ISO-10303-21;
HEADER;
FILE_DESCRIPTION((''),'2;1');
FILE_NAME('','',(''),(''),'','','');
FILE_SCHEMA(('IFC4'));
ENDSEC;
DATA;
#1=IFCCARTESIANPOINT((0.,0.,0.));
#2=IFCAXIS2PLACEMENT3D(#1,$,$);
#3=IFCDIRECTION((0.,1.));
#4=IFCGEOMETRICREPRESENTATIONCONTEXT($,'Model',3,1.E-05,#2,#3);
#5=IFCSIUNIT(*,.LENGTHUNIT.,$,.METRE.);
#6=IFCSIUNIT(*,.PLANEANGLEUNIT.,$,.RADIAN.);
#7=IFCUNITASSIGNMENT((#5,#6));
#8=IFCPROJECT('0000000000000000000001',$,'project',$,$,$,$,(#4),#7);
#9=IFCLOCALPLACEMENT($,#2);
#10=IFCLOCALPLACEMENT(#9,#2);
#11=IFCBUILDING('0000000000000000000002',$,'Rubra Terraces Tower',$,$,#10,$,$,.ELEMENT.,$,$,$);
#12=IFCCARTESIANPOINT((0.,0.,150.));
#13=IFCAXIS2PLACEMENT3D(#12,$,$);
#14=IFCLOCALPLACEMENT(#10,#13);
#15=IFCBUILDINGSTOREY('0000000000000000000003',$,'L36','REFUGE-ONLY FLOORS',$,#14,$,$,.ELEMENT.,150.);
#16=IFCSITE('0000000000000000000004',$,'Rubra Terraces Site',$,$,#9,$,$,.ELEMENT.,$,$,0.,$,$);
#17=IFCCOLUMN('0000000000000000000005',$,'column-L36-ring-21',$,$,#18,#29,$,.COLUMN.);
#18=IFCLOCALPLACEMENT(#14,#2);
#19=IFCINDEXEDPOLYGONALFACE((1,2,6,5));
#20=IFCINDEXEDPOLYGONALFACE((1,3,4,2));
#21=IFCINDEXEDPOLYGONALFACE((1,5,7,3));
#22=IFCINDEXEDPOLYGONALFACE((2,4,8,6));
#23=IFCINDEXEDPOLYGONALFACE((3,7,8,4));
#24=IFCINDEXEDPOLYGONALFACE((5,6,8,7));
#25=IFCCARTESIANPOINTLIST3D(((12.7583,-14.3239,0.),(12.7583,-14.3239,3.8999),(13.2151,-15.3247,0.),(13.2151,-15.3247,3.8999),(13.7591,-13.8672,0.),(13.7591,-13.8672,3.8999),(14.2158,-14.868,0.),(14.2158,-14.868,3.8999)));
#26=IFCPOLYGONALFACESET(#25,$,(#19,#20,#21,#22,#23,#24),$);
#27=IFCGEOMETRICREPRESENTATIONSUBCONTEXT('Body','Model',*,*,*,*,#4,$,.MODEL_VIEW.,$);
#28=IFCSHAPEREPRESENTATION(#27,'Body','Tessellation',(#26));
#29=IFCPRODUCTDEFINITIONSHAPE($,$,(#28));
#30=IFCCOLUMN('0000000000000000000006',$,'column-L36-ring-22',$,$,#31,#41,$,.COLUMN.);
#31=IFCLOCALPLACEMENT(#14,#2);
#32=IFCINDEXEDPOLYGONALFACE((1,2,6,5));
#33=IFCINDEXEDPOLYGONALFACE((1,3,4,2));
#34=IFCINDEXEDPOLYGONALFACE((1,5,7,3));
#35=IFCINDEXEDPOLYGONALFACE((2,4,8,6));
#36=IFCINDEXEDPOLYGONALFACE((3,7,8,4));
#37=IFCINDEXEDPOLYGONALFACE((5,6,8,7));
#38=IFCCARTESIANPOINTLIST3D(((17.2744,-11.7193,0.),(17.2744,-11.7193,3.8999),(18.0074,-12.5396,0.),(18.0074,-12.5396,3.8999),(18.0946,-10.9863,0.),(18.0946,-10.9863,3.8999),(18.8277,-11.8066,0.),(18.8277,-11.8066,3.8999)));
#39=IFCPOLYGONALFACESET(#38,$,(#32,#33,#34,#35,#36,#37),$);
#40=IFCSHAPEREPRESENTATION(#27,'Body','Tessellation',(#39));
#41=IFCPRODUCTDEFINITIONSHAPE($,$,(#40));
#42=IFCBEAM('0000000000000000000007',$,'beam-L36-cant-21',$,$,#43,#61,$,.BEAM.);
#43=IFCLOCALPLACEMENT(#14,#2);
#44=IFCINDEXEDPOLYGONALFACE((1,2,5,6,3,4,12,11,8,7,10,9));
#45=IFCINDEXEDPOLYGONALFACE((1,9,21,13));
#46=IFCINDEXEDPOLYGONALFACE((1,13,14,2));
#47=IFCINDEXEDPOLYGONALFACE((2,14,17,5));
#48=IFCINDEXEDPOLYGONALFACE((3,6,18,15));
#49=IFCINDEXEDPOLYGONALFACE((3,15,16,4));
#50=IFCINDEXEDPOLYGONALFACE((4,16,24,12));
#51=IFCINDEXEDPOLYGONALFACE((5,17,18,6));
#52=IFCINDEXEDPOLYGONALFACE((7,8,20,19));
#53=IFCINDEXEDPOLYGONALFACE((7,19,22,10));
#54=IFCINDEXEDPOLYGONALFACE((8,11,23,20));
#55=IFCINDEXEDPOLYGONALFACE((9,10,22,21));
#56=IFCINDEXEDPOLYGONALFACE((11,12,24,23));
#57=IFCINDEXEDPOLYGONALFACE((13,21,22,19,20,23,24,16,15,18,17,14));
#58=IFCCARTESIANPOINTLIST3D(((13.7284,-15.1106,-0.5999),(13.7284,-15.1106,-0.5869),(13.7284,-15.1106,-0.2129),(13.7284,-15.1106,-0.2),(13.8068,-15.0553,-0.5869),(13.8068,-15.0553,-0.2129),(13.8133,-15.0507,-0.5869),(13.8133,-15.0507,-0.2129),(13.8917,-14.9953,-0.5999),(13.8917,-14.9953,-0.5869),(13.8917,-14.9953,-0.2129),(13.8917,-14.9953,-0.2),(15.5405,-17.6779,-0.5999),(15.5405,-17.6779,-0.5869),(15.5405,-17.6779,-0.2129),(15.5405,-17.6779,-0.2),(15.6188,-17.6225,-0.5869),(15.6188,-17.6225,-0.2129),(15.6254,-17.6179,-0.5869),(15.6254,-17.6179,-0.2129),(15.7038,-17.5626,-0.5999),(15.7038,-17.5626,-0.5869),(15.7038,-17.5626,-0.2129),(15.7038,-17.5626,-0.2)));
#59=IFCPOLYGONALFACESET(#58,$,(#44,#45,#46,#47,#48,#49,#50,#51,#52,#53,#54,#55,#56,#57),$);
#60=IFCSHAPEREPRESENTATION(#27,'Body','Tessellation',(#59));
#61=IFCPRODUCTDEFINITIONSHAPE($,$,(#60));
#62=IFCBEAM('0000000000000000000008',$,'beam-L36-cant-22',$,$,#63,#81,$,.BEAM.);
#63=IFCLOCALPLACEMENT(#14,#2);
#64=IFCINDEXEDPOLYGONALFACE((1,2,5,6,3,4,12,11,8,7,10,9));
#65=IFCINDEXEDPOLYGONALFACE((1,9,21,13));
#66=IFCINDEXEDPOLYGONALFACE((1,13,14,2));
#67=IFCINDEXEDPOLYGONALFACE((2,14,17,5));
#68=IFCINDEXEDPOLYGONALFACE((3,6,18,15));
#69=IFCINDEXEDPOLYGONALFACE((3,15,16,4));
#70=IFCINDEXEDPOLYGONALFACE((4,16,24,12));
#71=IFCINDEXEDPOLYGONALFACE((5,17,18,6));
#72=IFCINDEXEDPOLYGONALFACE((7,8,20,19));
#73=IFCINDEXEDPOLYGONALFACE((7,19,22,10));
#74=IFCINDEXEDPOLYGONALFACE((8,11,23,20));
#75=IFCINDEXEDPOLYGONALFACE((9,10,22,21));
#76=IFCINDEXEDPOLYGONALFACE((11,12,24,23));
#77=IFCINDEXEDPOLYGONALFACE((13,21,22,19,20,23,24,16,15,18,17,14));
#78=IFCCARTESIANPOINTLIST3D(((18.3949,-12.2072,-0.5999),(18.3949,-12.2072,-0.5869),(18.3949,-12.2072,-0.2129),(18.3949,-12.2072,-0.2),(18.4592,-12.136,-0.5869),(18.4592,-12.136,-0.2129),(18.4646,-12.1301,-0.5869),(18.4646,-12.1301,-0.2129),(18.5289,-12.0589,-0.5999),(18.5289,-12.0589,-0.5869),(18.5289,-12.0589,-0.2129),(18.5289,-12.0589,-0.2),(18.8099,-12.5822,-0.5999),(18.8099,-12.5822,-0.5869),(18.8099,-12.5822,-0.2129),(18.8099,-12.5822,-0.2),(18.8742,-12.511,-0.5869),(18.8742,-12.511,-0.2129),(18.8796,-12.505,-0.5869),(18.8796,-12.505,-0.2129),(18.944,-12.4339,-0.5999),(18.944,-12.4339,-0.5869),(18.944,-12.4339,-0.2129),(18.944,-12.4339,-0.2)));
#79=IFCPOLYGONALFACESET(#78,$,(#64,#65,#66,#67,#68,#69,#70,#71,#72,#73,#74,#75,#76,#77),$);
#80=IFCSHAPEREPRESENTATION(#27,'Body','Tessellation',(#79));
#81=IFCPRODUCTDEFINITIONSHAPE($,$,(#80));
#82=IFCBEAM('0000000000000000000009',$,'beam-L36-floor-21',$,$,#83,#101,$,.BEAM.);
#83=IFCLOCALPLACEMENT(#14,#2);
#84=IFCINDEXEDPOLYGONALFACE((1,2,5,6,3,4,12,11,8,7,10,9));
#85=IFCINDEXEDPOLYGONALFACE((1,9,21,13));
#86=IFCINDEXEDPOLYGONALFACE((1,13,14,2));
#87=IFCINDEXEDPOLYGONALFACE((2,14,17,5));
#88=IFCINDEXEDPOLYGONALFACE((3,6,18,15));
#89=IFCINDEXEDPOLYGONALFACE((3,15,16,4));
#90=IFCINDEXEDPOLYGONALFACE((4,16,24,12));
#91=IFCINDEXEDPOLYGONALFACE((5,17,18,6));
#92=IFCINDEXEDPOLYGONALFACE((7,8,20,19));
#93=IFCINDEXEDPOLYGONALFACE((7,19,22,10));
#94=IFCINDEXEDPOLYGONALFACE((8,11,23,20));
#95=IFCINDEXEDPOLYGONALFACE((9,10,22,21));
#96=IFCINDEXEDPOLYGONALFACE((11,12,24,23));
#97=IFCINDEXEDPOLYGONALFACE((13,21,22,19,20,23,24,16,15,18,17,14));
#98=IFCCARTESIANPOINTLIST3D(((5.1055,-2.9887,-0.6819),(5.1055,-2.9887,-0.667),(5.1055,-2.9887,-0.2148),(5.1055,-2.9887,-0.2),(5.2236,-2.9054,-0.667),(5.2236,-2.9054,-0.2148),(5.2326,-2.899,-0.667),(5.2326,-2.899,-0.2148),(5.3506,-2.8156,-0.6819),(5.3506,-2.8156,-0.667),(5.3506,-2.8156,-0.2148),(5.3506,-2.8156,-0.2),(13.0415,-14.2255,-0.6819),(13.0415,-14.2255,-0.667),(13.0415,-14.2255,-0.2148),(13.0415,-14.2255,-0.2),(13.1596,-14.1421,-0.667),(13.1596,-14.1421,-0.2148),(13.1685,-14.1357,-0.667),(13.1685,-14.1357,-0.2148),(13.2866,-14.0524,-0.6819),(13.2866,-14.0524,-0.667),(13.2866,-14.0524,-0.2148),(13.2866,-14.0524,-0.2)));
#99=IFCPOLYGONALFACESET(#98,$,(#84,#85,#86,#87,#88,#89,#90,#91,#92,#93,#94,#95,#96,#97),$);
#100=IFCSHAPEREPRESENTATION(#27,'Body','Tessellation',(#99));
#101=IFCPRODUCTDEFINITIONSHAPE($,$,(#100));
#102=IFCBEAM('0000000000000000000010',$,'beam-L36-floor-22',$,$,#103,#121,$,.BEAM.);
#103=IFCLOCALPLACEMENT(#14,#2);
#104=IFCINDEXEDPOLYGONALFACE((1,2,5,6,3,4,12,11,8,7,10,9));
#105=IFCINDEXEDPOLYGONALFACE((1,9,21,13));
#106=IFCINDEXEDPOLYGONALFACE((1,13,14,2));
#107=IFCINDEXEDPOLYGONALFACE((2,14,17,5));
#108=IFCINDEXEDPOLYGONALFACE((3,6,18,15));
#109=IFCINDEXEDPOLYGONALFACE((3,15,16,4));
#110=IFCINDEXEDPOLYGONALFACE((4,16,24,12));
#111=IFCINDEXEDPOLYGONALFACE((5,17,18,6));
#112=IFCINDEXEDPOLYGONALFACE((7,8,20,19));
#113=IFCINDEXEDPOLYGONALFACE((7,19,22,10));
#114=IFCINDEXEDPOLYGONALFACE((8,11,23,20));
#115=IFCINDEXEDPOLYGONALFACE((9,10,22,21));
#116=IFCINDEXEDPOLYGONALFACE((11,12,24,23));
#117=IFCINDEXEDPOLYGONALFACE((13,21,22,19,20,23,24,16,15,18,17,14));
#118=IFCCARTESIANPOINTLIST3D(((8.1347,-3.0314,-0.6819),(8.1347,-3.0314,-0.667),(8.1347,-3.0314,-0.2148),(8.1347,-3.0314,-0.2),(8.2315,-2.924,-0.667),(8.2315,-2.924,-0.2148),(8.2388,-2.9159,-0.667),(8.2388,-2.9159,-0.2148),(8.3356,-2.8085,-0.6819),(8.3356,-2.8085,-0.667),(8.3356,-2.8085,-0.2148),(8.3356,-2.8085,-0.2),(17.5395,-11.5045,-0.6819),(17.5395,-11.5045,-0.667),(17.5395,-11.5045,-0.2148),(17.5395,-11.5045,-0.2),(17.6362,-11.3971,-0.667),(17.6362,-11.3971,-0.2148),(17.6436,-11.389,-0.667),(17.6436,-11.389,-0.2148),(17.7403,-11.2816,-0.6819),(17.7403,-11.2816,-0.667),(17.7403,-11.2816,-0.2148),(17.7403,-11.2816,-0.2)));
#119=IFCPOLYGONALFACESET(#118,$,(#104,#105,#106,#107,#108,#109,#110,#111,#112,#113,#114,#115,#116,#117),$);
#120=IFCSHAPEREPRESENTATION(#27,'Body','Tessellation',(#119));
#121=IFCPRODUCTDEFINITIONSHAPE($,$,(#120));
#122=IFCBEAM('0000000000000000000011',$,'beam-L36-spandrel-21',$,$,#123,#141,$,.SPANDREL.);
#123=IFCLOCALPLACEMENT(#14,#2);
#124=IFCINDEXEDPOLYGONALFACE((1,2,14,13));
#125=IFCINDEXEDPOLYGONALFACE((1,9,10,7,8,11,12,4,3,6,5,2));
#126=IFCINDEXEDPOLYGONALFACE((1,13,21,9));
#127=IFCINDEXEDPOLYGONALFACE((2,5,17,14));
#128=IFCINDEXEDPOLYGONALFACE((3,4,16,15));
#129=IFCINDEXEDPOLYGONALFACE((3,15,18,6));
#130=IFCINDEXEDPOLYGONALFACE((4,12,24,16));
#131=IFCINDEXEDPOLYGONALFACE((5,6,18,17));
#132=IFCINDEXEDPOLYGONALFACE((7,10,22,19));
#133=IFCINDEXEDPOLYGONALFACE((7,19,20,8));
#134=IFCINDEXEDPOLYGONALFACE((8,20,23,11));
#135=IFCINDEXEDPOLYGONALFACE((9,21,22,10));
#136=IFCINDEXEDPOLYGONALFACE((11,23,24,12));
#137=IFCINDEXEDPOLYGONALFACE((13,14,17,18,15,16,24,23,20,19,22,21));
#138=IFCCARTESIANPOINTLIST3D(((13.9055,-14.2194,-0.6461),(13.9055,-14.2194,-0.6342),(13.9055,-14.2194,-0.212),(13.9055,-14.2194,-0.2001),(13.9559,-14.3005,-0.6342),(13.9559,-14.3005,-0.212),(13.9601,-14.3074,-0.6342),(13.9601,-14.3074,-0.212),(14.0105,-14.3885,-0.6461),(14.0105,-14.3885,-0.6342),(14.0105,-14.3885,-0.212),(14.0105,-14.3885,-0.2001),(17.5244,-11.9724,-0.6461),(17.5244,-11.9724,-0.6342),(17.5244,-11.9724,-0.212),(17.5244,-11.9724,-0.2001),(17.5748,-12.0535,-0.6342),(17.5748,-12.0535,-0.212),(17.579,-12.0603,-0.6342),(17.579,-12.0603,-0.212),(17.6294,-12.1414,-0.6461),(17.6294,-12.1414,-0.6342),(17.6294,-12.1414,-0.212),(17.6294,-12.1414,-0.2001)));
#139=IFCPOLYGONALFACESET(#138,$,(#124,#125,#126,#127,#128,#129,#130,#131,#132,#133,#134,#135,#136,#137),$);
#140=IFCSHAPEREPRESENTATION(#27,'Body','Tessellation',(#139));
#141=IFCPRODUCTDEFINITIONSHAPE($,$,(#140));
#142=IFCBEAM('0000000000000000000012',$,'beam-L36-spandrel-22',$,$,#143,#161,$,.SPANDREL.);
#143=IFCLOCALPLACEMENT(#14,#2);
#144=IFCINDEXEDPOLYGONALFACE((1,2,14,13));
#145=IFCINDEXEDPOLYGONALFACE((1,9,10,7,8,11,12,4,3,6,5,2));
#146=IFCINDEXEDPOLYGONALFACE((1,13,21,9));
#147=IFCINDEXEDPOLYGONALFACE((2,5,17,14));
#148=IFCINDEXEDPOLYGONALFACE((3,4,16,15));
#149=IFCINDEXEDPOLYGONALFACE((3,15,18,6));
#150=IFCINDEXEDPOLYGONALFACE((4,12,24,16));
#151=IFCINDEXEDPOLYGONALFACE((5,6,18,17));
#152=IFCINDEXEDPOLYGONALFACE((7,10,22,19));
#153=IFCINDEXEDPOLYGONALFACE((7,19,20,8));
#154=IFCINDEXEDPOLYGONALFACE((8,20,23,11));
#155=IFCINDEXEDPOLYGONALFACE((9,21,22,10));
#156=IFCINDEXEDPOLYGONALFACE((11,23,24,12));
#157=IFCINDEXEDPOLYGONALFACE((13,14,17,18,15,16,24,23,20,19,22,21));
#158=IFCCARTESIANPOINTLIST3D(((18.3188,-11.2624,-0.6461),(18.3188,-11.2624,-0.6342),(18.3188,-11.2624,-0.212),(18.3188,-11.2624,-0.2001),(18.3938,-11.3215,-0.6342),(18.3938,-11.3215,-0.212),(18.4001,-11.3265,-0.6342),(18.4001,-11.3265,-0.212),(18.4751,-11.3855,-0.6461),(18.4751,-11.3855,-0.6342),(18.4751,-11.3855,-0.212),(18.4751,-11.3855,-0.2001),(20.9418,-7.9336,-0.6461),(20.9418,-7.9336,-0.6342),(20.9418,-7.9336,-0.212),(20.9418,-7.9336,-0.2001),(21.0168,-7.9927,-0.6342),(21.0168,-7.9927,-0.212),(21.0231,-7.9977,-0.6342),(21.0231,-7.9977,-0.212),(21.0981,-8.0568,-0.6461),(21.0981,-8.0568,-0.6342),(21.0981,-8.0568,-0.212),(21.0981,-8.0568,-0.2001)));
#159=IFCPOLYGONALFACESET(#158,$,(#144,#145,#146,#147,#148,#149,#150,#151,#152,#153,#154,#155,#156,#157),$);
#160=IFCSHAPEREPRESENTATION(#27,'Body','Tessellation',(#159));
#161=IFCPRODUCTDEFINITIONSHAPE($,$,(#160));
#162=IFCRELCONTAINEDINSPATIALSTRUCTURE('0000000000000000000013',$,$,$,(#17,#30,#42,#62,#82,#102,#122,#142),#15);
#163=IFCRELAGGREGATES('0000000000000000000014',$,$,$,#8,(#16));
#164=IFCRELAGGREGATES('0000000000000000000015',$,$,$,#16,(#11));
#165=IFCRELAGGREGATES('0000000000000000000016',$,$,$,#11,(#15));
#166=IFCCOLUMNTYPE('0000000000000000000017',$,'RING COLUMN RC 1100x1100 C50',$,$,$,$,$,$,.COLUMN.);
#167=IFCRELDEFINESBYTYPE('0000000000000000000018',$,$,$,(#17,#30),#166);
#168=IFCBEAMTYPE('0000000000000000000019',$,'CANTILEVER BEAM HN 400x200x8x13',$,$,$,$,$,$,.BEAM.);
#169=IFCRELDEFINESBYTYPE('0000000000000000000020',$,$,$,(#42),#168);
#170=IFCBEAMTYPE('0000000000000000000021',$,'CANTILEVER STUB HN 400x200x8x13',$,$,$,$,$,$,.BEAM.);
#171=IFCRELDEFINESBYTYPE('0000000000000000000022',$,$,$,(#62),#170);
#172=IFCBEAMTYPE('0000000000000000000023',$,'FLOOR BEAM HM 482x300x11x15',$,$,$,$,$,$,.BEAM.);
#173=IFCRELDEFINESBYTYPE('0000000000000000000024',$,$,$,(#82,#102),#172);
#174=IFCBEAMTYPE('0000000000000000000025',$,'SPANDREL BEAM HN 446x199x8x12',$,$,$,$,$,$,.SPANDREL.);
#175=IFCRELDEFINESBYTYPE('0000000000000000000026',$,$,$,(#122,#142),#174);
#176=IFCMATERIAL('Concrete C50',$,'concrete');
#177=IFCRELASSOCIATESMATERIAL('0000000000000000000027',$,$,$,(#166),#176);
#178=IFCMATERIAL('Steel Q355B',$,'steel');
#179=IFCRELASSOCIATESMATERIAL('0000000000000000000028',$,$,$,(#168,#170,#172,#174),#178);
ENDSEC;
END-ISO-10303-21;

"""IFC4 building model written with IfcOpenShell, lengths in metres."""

from ifc_helpers import new_model, si_unit, direction, frame, origin, origin_2d, place, context, subcontext, project, spatial, rectangle, i_section, extrude, material, material_profile, profile_set, type_object, element, save


model = new_model("IFC4")

# Units and contexts
model_context = context("Model", 3, precision=1e-05, world=origin(), true_north=direction((0.0, 1.0)))
body_context = subcontext(model_context, "Body", "Model", "MODEL_VIEW")
ifc_project = project(units=[si_unit("LENGTHUNIT", "METRE"), si_unit("PLANEANGLEUNIT", "RADIAN")], contexts=[model_context])

# Site, building, storey
site_placement = place(None, origin())
site = spatial("IfcSite", under=ifc_project, at=site_placement, Name="Rubra Terraces Site", CompositionType="ELEMENT", RefElevation=0.0)
building_placement = place(site_placement, origin())
building = spatial("IfcBuilding", under=site, at=building_placement, Name="Rubra Terraces Tower", CompositionType="ELEMENT")
storey_placement = place(building_placement, frame((0.0, 0.0, 150.0)))
storey = spatial("IfcBuildingStorey", under=building, at=storey_placement, Name="L36", Description="REFUGE-ONLY FLOORS", CompositionType="ELEMENT", Elevation=150.0)

# Columns
ifc_material_1 = material(Name="Concrete C50", Category="concrete")
ifc_material_profile_1 = material_profile(ifc_material_1, rectangle(XDim=1.1001, YDim=1.1001, at=origin_2d()), Name="RC 1100x1100")
ifc_profile_set_1 = profile_set([ifc_material_profile_1], Name="Concrete C50")
column_type = type_object("IfcColumnType", Name="RING COLUMN RC 1100x1100 C50", PredefinedType="COLUMN", material=ifc_profile_set_1)
for number, where, z_axis, x_axis, name in (
    (1, (13.4871, -14.5959, 0.0), (0.0, 0.0, 1.0), (0.909726, 0.415208, 0.0), "column-L36-ring-21"),
    (2, (18.051, -11.7629, 0.0), (0.0, 0.0, 1.0), (0.745642, 0.666347, 0.0), "column-L36-ring-22"),
):
    element("IfcColumn", number, at=place(storey_placement, frame(where, z_axis=z_axis, x_axis=x_axis)), inside=storey, type_object=column_type, Name=name, PredefinedType="COLUMN", context=body_context, shape_type="SweptSolid", body=[
        extrude(rectangle(XDim=1.1001, YDim=1.1001, at=origin_2d()), origin(), (0.0, 0.0, 1.0), 3.8999),
    ])

# Beams
ifc_material_2 = material(Name="Steel Q355B", Category="steel")
ifc_material_profile_2 = material_profile(ifc_material_2, i_section(OverallWidth=0.2, OverallDepth=0.3999, WebThickness=0.0081, FlangeThickness=0.0129, at=origin_2d()), Name="HN 400x200x8x13")
ifc_profile_set_2 = profile_set([ifc_material_profile_2], Name="Steel Q355B")
beam_type_1 = type_object("IfcBeamType", Name="CANTILEVER BEAM HN 400x200x8x13", PredefinedType="BEAM", material=ifc_profile_set_2)
beam_1_placement = place(storey_placement, frame((13.8101, -15.053, -0.3999), z_axis=(0.576665, -0.816981, 0.0), x_axis=(0.816981, 0.576665, 0.0)))
element("IfcBeam", 3, at=beam_1_placement, inside=storey, type_object=beam_type_1, Name="beam-L36-cant-21", PredefinedType="BEAM", context=body_context, shape_type="SweptSolid", body=[
    extrude(i_section(OverallWidth=0.2, OverallDepth=0.3999, WebThickness=0.0081, FlangeThickness=0.0129, at=origin_2d()), origin(), (0.0, 0.0, 1.0), 3.1423),
])
ifc_material_profile_3 = material_profile(ifc_material_2, i_section(OverallWidth=0.2, OverallDepth=0.3999, WebThickness=0.0081, FlangeThickness=0.0129, at=origin_2d()), Name="HN 400x200x8x13")
ifc_profile_set_3 = profile_set([ifc_material_profile_3], Name="Steel Q355B")
beam_type_2 = type_object("IfcBeamType", Name="CANTILEVER STUB HN 400x200x8x13", PredefinedType="BEAM", material=ifc_profile_set_3)
beam_2_placement = place(storey_placement, frame((18.4619, -12.1331, -0.3999), z_axis=(0.741991, -0.67041, 0.0), x_axis=(0.67041, 0.741991, 0.0)))
element("IfcBeam", 4, at=beam_2_placement, inside=storey, type_object=beam_type_2, Name="beam-L36-cant-22", PredefinedType="BEAM", context=body_context, shape_type="SweptSolid", body=[
    extrude(i_section(OverallWidth=0.2, OverallDepth=0.3999, WebThickness=0.0081, FlangeThickness=0.0129, at=origin_2d()), origin(), (0.0, 0.0, 1.0), 0.5593),
])
ifc_material_profile_4 = material_profile(ifc_material_2, i_section(OverallWidth=0.3, OverallDepth=0.4819, WebThickness=0.011, FlangeThickness=0.0149, at=origin_2d()), Name="HM 482x300x11x15")
ifc_profile_set_4 = profile_set([ifc_material_profile_4], Name="Steel Q355B")
beam_type_3 = type_object("IfcBeamType", Name="FLOOR BEAM HM 482x300x11x15", PredefinedType="BEAM", material=ifc_profile_set_4)
beam_3_placement = place(storey_placement, frame((13.1641, -14.1389, -0.4409), z_axis=(-0.576885, 0.816825, 0.0), x_axis=(-0.816825, -0.576885, 0.0)))
element("IfcBeam", 5, at=beam_3_placement, inside=storey, type_object=beam_type_3, Name="beam-L36-floor-21", PredefinedType="BEAM", context=body_context, shape_type="SweptSolid", body=[
    extrude(i_section(OverallWidth=0.3, OverallDepth=0.4819, WebThickness=0.011, FlangeThickness=0.0149, at=origin_2d()), origin(), (0.0, 0.0, 1.0), 13.7566),
])
beam_4_placement = place(storey_placement, frame((17.6399, -11.3931, -0.4409), z_axis=(-0.742947, 0.66935, 0.0), x_axis=(-0.66935, -0.742947, 0.0)))
element("IfcBeam", 6, at=beam_4_placement, inside=storey, type_object=beam_type_3, Name="beam-L36-floor-22", PredefinedType="BEAM", context=body_context, shape_type="SweptSolid", body=[
    extrude(i_section(OverallWidth=0.3, OverallDepth=0.4819, WebThickness=0.011, FlangeThickness=0.0149, at=origin_2d()), origin(), (0.0, 0.0, 1.0), 12.6587),
])
ifc_material_profile_5 = material_profile(ifc_material_2, i_section(OverallWidth=0.199, OverallDepth=0.446, WebThickness=0.0081, FlangeThickness=0.012, at=origin_2d()), Name="HN 446x199x8x12")
ifc_profile_set_5 = profile_set([ifc_material_profile_5], Name="Steel Q355B")
beam_type_4 = type_object("IfcBeamType", Name="SPANDREL BEAM HN 446x199x8x12", PredefinedType="SPANDREL", material=ifc_profile_set_5)
beam_5_placement = place(storey_placement, frame((13.958, -14.304, -0.4231), z_axis=(0.84955, 0.527508, 0.0), x_axis=(-0.527508, 0.84955, 0.0)))
element("IfcBeam", 7, at=beam_5_placement, inside=storey, type_object=beam_type_4, Name="beam-L36-spandrel-21", PredefinedType="SPANDREL", context=body_context, shape_type="SweptSolid", body=[
    extrude(i_section(OverallWidth=0.199, OverallDepth=0.446, WebThickness=0.0081, FlangeThickness=0.012, at=origin_2d()), origin(), (0.0, 0.0, 1.0), 4.2598),
])
beam_6_placement = place(storey_placement, frame((18.397, -11.324, -0.4231), z_axis=(0.618917, 0.785456, 0.0), x_axis=(-0.785456, 0.618917, 0.0)))
element("IfcBeam", 8, at=beam_6_placement, inside=storey, type_object=beam_type_4, Name="beam-L36-spandrel-22", PredefinedType="SPANDREL", context=body_context, shape_type="SweptSolid", body=[
    extrude(i_section(OverallWidth=0.199, OverallDepth=0.446, WebThickness=0.0081, FlangeThickness=0.012, at=origin_2d()), origin(), (0.0, 0.0, 1.0), 4.238),
])

save(model, "model.ifc")
